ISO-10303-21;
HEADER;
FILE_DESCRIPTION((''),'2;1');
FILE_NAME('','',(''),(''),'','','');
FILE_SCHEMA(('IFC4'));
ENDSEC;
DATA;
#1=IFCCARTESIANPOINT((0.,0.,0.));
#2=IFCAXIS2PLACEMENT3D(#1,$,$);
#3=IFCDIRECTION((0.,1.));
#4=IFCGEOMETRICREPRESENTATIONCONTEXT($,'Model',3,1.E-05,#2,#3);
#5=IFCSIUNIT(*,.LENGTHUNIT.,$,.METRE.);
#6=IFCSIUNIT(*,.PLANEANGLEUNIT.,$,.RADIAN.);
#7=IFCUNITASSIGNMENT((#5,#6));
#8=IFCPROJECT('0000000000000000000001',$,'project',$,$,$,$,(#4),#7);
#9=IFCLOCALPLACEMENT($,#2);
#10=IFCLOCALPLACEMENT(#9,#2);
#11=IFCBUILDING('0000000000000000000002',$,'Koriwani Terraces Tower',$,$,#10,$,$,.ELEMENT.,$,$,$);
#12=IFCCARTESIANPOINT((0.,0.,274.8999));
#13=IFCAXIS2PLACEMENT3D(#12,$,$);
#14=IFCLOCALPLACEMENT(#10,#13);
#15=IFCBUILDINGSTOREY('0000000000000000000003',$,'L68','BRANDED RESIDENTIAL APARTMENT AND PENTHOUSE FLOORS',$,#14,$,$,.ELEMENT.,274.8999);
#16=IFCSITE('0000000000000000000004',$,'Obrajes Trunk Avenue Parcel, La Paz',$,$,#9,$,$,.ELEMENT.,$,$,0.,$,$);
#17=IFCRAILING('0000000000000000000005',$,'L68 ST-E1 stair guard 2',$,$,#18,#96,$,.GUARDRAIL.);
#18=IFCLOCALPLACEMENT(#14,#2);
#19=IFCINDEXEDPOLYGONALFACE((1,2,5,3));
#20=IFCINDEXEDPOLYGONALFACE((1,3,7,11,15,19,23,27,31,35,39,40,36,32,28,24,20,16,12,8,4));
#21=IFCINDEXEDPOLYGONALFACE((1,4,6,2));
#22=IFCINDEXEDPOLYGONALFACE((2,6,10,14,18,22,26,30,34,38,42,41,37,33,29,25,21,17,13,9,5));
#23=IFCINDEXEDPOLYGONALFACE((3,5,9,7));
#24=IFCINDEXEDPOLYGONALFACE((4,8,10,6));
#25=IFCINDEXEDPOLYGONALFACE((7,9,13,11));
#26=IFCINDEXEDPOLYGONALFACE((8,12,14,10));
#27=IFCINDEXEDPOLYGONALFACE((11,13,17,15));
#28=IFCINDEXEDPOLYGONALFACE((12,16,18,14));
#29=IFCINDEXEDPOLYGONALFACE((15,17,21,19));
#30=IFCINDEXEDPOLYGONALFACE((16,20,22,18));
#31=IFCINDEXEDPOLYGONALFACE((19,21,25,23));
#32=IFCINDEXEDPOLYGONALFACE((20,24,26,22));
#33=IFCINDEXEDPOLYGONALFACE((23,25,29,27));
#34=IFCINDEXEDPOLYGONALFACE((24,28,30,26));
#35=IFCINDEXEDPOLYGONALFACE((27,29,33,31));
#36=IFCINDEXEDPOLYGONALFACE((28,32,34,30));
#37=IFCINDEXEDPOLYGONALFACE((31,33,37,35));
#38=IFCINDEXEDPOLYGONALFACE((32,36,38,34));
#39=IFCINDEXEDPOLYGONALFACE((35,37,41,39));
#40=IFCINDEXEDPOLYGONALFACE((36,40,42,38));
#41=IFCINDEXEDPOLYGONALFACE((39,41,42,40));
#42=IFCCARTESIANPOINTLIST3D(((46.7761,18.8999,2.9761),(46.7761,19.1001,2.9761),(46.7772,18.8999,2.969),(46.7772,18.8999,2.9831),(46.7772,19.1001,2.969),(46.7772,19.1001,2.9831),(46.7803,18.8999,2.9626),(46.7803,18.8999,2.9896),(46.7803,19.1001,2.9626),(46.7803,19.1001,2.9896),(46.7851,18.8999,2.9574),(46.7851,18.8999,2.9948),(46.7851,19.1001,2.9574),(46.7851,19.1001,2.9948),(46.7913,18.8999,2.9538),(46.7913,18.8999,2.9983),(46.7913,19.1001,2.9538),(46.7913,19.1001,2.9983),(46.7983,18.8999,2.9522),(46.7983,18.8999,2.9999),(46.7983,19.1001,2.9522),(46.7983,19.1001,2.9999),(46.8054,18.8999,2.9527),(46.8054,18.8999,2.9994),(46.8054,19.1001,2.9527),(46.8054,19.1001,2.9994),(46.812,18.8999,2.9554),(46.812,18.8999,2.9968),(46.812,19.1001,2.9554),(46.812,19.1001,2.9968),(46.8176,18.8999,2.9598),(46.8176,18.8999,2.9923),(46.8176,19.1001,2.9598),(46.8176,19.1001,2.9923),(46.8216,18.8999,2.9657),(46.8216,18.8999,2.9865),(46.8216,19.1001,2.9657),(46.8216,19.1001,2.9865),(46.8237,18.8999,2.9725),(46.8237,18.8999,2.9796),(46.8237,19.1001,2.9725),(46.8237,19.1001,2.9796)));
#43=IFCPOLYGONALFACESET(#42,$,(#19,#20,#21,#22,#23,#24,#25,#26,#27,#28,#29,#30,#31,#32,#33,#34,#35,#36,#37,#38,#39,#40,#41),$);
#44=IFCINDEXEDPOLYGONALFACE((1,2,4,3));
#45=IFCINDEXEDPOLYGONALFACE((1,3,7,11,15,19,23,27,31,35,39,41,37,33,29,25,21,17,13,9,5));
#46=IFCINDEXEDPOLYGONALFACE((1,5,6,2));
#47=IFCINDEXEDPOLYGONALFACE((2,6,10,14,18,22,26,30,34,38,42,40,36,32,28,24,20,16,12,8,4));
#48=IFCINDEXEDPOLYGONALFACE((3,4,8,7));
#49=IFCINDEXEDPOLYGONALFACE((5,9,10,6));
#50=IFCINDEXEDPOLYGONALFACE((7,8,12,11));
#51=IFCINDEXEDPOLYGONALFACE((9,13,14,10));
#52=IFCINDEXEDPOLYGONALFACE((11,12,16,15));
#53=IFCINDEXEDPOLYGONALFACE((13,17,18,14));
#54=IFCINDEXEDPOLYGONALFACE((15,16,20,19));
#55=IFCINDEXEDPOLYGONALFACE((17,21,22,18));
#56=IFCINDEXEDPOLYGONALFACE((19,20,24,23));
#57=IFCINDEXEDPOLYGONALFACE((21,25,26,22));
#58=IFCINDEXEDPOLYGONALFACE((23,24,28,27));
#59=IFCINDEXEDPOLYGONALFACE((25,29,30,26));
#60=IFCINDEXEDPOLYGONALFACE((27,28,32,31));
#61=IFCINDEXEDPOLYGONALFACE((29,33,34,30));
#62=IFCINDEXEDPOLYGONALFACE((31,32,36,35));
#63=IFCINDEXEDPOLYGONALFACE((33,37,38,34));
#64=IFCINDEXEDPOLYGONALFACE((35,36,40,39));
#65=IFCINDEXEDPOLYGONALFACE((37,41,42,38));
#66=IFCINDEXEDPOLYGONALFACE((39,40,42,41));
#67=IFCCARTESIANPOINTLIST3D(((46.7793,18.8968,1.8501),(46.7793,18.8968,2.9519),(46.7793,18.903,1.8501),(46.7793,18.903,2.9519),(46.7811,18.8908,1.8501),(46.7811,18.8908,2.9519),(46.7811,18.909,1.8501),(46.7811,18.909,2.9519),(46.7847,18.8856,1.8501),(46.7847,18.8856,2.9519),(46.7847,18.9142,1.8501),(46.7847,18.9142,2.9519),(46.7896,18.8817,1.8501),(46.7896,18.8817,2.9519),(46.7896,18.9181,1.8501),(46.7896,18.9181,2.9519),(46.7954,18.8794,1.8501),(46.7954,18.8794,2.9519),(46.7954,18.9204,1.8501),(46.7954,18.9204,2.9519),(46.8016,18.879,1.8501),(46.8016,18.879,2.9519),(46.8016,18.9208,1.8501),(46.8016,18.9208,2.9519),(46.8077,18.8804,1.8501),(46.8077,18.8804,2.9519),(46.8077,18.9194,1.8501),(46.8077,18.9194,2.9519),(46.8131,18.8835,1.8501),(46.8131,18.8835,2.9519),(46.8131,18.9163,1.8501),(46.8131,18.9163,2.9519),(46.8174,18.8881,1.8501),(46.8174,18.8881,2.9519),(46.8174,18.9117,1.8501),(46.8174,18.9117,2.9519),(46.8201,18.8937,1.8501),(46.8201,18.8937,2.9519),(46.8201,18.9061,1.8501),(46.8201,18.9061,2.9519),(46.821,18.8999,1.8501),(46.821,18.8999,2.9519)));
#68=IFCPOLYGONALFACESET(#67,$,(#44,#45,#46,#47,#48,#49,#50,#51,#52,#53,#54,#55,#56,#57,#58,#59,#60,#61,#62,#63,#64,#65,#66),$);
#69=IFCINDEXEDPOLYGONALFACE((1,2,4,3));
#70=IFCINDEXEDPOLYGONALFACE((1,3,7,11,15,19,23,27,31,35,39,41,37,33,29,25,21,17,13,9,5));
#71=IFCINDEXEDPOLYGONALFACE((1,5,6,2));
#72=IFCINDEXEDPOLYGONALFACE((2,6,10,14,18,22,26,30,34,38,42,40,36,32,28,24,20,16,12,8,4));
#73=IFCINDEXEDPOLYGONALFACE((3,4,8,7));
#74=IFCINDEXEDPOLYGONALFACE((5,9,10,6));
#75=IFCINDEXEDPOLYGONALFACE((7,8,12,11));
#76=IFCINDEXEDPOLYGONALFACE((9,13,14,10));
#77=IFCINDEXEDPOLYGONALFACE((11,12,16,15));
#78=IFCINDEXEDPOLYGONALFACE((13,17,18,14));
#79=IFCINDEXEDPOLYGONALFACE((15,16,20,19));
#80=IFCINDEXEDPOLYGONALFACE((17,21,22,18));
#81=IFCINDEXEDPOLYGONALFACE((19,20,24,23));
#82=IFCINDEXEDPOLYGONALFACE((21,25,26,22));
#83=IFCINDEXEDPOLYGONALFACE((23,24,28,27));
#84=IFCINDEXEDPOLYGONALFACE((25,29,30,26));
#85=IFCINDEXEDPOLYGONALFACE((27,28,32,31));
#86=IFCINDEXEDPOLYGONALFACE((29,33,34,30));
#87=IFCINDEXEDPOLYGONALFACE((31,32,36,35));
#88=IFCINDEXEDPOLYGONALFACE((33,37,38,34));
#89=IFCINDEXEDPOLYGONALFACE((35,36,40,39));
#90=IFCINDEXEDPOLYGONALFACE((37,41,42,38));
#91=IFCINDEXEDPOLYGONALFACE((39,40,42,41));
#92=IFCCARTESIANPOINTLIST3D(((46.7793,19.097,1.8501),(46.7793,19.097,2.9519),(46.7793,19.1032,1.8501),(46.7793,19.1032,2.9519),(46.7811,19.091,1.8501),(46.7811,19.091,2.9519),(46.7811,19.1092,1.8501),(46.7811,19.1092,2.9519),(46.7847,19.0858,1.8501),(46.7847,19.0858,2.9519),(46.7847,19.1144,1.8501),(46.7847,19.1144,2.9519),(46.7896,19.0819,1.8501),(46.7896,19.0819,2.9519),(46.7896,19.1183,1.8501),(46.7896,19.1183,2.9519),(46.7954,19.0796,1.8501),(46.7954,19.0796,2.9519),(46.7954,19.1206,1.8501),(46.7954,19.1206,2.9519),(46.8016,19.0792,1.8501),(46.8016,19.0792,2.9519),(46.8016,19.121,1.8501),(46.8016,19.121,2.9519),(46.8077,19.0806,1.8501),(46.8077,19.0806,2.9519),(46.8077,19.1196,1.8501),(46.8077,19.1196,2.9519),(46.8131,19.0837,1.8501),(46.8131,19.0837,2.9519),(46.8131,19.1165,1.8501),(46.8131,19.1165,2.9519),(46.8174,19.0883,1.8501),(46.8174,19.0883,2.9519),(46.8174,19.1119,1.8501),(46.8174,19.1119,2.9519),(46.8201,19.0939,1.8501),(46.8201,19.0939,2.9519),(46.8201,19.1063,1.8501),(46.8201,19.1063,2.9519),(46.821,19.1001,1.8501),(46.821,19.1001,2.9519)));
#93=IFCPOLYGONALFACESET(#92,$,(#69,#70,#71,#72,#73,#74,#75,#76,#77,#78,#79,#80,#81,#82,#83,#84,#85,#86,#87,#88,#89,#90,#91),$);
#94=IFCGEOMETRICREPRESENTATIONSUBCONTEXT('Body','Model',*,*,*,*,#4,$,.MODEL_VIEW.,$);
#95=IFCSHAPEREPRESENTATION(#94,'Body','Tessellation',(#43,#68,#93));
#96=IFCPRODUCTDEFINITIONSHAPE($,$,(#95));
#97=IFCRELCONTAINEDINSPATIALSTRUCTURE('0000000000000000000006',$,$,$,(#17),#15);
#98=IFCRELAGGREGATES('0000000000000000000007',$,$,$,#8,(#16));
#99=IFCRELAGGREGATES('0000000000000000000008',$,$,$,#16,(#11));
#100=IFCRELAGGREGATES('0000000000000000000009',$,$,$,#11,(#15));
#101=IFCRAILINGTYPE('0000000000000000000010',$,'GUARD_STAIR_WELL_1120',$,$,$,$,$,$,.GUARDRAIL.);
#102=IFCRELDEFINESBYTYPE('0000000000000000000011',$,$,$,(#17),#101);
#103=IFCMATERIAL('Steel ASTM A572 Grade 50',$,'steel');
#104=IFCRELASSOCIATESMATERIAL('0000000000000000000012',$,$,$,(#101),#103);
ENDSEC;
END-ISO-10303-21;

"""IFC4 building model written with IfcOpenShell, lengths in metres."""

from ifc_helpers import new_model, si_unit, direction, frame, origin, origin_2d, place, context, subcontext, project, spatial, circle, extrude, material, type_object, element, save


model = new_model("IFC4")

# Units and contexts
model_context = context("Model", 3, precision=1e-05, world=origin(), true_north=direction((0.0, 1.0)))
body_context = subcontext(model_context, "Body", "Model", "MODEL_VIEW")
ifc_project = project(units=[si_unit("LENGTHUNIT", "METRE"), si_unit("PLANEANGLEUNIT", "RADIAN")], contexts=[model_context])

# Site, building, storey
site_placement = place(None, origin())
site = spatial("IfcSite", under=ifc_project, at=site_placement, Name="Obrajes Trunk Avenue Parcel, La Paz", CompositionType="ELEMENT", RefElevation=0.0)
building_placement = place(site_placement, origin())
building = spatial("IfcBuilding", under=site, at=building_placement, Name="Koriwani Terraces Tower", CompositionType="ELEMENT")
storey_placement = place(building_placement, frame((0.0, 0.0, 274.8999)))
storey = spatial("IfcBuildingStorey", under=building, at=storey_placement, Name="L68", Description="BRANDED RESIDENTIAL APARTMENT AND PENTHOUSE FLOORS", CompositionType="ELEMENT", Elevation=274.8999)

# Shared definitions
ifc_material_1 = material(Name="Steel ASTM A572 Grade 50", Category="steel")

# Railing
railing_type_1 = type_object("IfcRailingType", Name="GUARD_STAIR_WELL_1120", PredefinedType="GUARDRAIL", material=ifc_material_1)
railing_1_placement = place(storey_placement, frame((46.8, 18.8999, 1.8501)))
element("IfcRailing", 1, at=railing_1_placement, inside=storey, type_object=railing_type_1, Name="L68 ST-E1 stair guard 2", PredefinedType="GUARDRAIL", context=body_context, shape_type="SweptSolid", body=[
    extrude(circle(Radius=0.0239, at=origin_2d()), frame((0.0, 0.0, 1.126), z_axis=(0.0, 1.0, 0.0), x_axis=(-1.0, 0.0, 0.0)), (0.0, 0.0, 1.0), 0.2002),
    extrude(circle(Radius=0.021, at=origin_2d()), origin(), (0.0, 0.0, 1.0), 1.1018),
    extrude(circle(Radius=0.021, at=origin_2d()), frame((0.0, 0.2002, 0.0)), (0.0, 0.0, 1.0), 1.1018),
])

save(model, "model.ifc")
